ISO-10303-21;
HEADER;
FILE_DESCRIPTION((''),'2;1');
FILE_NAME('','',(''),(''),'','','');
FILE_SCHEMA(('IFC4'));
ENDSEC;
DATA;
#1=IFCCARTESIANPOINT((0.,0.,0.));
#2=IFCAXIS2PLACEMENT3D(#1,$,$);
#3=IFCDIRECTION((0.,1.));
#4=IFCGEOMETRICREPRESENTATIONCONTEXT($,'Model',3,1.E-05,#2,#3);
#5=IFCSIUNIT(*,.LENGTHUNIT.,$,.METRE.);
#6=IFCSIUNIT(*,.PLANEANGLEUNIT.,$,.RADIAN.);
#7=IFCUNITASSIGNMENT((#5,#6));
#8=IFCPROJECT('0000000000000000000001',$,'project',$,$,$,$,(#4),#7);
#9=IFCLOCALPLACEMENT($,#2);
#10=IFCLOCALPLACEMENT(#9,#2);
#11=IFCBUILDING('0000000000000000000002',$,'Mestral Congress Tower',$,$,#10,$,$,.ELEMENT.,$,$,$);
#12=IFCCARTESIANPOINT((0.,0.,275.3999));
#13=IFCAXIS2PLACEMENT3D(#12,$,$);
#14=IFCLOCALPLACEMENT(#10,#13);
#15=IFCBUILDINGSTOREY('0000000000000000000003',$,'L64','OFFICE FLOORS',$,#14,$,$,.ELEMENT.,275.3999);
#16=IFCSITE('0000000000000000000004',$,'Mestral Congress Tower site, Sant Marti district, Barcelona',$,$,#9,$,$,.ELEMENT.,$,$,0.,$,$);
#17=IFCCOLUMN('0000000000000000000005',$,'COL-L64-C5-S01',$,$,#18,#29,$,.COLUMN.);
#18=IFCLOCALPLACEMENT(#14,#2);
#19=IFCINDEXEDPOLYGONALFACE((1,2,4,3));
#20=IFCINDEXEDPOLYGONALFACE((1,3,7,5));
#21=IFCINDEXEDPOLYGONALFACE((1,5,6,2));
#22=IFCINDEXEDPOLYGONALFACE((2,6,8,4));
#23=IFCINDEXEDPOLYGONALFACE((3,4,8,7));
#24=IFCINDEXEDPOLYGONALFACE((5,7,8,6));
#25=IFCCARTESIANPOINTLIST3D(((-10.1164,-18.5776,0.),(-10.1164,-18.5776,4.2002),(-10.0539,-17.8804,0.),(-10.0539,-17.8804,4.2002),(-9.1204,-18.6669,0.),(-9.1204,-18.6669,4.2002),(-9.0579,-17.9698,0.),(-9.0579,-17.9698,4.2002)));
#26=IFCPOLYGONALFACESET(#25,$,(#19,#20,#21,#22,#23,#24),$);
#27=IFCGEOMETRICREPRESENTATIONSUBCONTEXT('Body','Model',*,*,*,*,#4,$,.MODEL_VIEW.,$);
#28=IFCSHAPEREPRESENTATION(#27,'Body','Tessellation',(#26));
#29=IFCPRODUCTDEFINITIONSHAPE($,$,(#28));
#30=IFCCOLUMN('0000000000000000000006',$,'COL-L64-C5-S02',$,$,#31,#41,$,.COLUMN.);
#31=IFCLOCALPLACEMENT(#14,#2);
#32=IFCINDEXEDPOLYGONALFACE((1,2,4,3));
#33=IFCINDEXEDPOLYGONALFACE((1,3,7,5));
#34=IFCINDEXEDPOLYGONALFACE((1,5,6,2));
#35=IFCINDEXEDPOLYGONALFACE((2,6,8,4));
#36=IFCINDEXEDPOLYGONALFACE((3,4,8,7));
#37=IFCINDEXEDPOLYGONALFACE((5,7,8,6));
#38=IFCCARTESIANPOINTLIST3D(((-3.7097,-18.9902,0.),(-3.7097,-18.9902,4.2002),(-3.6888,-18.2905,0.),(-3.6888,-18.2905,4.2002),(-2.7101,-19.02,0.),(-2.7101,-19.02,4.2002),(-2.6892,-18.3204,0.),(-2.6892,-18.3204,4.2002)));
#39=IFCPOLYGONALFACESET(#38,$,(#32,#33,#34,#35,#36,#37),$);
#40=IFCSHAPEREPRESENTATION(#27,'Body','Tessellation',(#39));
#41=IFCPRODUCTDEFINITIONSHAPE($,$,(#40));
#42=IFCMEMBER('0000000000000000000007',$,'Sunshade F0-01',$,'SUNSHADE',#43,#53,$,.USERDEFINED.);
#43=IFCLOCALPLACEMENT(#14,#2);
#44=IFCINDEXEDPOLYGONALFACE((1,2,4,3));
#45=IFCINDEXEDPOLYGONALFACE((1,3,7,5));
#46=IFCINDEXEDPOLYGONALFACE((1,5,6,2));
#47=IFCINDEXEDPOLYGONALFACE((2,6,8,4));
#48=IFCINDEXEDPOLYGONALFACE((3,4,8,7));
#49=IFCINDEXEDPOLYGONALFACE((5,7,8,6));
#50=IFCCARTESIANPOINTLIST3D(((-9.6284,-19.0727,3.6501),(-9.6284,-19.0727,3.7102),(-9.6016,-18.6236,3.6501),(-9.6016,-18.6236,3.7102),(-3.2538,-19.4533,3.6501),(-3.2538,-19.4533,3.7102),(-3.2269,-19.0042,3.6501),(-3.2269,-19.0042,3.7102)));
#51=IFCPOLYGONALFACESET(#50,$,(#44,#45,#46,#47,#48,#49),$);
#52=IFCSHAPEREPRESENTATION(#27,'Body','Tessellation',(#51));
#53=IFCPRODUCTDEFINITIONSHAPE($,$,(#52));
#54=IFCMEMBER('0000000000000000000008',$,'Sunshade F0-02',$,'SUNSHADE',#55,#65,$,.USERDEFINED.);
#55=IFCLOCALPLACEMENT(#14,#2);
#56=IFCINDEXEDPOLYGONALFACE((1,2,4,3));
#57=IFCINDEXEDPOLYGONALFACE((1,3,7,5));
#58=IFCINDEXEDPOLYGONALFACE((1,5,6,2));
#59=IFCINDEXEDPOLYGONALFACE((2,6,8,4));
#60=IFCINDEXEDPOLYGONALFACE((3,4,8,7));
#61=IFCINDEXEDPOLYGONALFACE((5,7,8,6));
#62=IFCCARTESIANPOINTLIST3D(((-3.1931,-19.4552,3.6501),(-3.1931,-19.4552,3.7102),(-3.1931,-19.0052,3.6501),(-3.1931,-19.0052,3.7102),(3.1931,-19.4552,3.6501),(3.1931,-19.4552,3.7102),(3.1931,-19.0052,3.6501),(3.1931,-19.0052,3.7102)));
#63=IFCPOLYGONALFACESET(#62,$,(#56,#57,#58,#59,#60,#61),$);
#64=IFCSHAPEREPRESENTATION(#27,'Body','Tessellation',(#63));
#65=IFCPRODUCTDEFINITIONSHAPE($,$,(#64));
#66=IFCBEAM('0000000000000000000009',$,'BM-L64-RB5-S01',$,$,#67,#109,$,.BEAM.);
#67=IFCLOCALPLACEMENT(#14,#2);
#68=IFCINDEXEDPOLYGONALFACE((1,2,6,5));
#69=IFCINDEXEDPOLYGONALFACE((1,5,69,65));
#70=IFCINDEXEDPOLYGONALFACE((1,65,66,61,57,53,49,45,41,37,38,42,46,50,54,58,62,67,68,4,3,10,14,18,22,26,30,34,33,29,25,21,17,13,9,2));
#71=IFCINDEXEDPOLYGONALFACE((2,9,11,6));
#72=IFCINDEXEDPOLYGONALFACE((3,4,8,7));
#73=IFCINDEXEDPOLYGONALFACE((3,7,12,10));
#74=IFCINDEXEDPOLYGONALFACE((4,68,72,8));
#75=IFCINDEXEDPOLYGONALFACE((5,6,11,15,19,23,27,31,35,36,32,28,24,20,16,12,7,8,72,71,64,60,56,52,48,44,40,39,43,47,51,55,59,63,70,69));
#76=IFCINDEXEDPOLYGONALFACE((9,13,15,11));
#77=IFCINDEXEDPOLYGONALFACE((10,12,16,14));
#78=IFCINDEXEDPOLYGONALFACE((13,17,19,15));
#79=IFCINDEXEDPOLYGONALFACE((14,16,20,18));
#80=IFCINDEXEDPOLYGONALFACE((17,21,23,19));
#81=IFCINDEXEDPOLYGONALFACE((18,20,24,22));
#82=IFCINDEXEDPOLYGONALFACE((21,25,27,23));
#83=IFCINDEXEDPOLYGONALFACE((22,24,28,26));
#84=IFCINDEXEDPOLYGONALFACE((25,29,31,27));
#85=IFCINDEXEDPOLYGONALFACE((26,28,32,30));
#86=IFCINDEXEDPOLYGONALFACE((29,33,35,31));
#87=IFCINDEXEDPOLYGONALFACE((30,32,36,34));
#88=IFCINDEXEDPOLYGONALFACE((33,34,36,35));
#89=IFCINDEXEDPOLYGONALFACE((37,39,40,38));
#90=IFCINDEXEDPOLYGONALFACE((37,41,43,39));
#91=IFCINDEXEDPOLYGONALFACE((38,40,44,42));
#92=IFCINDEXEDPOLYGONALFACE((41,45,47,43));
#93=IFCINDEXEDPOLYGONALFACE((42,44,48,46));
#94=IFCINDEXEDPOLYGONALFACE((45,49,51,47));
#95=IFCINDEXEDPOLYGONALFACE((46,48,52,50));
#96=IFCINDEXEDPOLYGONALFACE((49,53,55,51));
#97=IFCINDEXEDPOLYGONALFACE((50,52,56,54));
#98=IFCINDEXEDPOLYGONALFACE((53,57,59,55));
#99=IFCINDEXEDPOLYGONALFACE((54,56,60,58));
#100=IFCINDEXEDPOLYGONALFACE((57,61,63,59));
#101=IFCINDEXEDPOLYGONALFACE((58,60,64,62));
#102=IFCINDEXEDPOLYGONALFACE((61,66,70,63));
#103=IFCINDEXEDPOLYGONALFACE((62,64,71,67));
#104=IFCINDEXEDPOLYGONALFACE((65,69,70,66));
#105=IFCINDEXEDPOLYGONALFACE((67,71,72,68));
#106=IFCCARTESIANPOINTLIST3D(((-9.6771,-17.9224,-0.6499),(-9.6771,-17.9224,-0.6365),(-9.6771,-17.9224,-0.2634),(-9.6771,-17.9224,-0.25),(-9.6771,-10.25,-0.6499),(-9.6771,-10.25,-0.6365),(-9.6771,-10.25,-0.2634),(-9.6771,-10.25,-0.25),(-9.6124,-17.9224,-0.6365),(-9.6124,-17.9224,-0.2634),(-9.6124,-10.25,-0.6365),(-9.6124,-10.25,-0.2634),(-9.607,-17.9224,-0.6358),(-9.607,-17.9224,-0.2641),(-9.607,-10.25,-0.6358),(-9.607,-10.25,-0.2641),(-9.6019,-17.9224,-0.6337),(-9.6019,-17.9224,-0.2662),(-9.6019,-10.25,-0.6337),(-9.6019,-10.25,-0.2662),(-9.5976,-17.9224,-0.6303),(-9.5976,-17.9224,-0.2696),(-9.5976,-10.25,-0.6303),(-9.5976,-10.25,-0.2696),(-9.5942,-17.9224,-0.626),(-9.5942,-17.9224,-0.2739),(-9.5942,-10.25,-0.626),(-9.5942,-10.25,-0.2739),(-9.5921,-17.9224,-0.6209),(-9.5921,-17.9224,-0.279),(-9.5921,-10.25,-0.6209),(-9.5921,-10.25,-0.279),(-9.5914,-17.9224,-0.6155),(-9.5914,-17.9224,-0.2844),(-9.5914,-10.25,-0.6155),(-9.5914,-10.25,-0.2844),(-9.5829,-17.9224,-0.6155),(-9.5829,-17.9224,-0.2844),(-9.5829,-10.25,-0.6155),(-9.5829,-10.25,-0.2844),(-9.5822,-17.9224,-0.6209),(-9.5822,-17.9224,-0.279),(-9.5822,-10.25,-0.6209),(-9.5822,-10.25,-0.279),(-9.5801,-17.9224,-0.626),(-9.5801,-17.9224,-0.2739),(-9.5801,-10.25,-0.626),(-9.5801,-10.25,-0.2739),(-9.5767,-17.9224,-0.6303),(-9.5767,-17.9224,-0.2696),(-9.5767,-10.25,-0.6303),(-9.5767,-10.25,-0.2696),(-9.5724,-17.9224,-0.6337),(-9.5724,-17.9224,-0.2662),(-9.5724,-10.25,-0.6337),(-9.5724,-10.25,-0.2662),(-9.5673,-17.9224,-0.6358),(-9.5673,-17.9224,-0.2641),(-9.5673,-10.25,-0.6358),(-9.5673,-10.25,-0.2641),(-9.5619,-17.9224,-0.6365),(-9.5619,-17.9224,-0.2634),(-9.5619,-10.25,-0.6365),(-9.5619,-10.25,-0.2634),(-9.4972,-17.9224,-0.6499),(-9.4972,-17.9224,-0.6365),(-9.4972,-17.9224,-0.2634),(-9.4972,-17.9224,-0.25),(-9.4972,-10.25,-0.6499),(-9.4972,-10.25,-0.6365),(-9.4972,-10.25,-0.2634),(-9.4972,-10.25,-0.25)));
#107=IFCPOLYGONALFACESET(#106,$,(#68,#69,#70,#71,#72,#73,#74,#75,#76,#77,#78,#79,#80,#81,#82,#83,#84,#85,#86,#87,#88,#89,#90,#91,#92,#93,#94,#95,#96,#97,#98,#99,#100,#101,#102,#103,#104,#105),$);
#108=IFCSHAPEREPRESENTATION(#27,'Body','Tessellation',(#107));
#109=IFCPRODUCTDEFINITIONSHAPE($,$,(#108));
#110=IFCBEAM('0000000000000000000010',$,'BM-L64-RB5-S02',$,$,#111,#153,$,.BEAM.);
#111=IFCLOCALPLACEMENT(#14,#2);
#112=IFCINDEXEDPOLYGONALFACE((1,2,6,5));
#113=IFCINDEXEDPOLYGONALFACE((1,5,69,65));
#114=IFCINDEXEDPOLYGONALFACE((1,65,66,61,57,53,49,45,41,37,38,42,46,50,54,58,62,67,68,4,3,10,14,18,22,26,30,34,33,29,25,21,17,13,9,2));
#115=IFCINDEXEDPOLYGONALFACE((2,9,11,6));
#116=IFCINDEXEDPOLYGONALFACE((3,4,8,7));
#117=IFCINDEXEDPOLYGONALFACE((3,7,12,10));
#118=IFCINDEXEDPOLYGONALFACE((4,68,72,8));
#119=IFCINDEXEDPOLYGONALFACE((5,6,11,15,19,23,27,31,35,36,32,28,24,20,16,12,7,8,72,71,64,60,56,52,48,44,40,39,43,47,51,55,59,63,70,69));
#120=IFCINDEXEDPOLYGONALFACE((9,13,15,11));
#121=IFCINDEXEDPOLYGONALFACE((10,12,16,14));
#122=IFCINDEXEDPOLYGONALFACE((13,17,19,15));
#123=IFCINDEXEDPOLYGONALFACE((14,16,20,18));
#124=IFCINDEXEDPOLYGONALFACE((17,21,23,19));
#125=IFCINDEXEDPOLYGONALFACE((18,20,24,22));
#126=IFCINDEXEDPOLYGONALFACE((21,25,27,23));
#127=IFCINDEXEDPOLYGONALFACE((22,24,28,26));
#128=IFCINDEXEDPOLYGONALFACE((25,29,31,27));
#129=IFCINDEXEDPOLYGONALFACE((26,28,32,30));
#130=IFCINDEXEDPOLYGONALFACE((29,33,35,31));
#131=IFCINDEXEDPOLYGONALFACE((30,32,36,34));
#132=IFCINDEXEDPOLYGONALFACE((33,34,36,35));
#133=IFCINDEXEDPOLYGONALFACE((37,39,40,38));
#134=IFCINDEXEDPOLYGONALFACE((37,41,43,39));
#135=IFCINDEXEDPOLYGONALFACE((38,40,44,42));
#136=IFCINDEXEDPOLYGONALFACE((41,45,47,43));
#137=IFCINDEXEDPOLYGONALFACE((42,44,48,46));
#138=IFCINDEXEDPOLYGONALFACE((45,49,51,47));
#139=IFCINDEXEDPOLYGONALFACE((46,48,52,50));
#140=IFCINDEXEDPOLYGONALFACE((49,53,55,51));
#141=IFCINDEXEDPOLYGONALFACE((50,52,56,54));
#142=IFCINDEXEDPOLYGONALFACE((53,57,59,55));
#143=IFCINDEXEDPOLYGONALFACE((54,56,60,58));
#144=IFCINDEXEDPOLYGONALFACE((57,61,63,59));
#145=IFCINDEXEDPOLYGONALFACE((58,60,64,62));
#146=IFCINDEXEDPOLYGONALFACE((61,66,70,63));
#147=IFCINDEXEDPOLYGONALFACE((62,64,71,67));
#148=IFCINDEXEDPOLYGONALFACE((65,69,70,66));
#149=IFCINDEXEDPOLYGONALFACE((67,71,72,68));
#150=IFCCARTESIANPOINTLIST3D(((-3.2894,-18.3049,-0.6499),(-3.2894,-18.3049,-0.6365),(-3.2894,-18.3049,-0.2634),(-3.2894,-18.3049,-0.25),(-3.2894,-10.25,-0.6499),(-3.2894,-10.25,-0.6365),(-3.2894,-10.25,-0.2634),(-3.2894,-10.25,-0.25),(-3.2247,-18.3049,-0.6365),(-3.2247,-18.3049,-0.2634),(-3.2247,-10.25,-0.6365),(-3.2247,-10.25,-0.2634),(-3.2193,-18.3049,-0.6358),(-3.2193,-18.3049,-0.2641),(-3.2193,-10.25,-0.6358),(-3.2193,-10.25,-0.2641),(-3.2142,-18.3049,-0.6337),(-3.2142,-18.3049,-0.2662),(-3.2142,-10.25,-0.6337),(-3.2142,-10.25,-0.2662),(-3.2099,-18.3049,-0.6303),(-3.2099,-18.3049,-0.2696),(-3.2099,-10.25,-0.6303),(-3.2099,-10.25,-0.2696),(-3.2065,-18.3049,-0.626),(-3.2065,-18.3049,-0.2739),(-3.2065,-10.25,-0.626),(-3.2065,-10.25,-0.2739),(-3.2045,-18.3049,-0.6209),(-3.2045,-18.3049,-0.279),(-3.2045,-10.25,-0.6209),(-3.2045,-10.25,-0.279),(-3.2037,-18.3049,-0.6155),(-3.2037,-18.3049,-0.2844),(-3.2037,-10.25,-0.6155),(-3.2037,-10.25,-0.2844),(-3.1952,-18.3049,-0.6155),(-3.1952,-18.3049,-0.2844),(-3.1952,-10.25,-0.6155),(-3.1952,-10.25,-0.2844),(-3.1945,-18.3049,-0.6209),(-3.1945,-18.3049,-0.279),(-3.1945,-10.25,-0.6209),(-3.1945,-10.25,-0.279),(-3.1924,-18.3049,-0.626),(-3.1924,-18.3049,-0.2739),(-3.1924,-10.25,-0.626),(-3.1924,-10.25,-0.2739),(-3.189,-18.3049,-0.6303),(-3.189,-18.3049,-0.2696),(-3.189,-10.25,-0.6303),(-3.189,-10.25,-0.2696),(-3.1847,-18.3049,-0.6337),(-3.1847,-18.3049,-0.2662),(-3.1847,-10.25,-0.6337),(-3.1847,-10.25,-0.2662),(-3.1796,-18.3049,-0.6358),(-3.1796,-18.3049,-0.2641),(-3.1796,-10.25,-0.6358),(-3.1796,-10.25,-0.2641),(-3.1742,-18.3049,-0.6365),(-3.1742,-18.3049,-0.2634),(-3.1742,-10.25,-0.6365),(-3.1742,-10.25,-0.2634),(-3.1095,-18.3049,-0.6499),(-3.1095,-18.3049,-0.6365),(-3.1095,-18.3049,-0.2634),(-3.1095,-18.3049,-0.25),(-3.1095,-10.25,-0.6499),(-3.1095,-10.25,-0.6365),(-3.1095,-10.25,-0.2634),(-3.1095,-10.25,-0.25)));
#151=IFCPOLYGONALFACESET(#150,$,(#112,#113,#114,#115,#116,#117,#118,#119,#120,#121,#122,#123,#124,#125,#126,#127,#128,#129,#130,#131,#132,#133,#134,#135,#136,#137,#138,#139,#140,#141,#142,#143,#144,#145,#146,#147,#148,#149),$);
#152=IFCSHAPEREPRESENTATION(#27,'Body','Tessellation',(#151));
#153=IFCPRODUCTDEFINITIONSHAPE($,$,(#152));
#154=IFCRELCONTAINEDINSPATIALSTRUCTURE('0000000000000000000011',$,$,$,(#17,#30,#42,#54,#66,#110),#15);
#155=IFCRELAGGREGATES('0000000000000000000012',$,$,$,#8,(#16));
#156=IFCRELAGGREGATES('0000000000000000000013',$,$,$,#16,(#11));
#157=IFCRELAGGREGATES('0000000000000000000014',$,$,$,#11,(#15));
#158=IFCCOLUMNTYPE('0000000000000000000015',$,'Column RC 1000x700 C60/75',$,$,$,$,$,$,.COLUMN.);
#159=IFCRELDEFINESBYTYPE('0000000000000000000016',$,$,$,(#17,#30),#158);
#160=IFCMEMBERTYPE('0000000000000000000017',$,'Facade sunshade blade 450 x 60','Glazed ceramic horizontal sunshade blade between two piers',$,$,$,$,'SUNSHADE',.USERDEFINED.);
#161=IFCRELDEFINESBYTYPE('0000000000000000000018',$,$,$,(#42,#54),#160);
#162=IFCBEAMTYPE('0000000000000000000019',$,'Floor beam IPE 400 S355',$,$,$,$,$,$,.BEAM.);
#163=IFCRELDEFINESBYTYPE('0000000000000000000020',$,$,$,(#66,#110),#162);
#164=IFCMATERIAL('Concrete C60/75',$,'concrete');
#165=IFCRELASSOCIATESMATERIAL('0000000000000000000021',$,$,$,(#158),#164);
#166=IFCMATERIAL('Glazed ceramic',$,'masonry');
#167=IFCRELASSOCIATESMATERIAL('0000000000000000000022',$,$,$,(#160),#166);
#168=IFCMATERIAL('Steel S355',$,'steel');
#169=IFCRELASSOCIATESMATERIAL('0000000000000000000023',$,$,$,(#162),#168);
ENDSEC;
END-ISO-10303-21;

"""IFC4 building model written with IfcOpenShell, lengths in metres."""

from ifc_helpers import new_model, si_unit, direction, frame, origin, origin_2d, place, context, subcontext, project, spatial, rectangle, i_section, extrude, material, material_profile, profile_set, type_object, element, save


model = new_model("IFC4")

# Units and contexts
model_context = context("Model", 3, precision=1e-05, world=origin(), true_north=direction((0.0, 1.0)))
body_context = subcontext(model_context, "Body", "Model", "MODEL_VIEW")
ifc_project = project(units=[si_unit("LENGTHUNIT", "METRE"), si_unit("PLANEANGLEUNIT", "RADIAN")], contexts=[model_context])

# Site, building, storey
site_placement = place(None, origin())
site = spatial("IfcSite", under=ifc_project, at=site_placement, Name="Mestral Congress Tower site, Sant Marti district, Barcelona", CompositionType="ELEMENT", RefElevation=0.0)
building_placement = place(site_placement, origin())
building = spatial("IfcBuilding", under=site, at=building_placement, Name="Mestral Congress Tower", CompositionType="ELEMENT")
storey_placement = place(building_placement, frame((0.0, 0.0, 275.3999)))
storey = spatial("IfcBuildingStorey", under=building, at=storey_placement, Name="L64", Description="OFFICE FLOORS", CompositionType="ELEMENT", Elevation=275.3999)

# Columns
ifc_material_1 = material(Name="Concrete C60/75", Category="concrete")
ifc_material_profile_1 = material_profile(ifc_material_1, rectangle(XDim=1.0, YDim=0.7, at=origin_2d()), Name="RC 1000x700")
ifc_profile_set_1 = profile_set([ifc_material_profile_1], Name="Concrete C60/75")
column_type = type_object("IfcColumnType", Name="Column RC 1000x700 C60/75", PredefinedType="COLUMN", material=ifc_profile_set_1)
for number, where, z_axis, x_axis, name in (
    (1, (-9.5872, -18.2737, 0.0), (0.0, 0.0, 1.0), (0.995998, -0.089378, 0.0), "COL-L64-C5-S01"),
    (2, (-3.1995, -18.6553, 0.0), (0.0, 0.0, 1.0), (0.999555, -0.029828, 0.0), "COL-L64-C5-S02"),
):
    element("IfcColumn", number, at=place(storey_placement, frame(where, z_axis=z_axis, x_axis=x_axis)), inside=storey, type_object=column_type, Name=name, PredefinedType="COLUMN", context=body_context, shape_type="SweptSolid", body=[
        extrude(rectangle(XDim=1.0, YDim=0.7, at=origin_2d()), origin(), (0.0, 0.0, 1.0), 4.2002),
    ])

# Members
ifc_material_2 = material(Name="Glazed ceramic", Category="masonry")
ifc_material_profile_2 = material_profile(ifc_material_2, rectangle(XDim=0.45, YDim=0.0601, at=origin_2d()), Name="Ceramic blade 450 x 60")
ifc_profile_set_2 = profile_set([ifc_material_profile_2], Name="Glazed ceramic")
member_type = type_object("IfcMemberType", Name="Facade sunshade blade 450 x 60", Description="Glazed ceramic horizontal sunshade blade between two piers", ElementType="SUNSHADE", PredefinedType="USERDEFINED", material=ifc_profile_set_2)
member_1_placement = place(storey_placement, frame((-9.615, -18.8481, 3.6802), z_axis=(0.998222, -0.059603, 0.0), x_axis=(0.059603, 0.998222, 0.0)))
element("IfcMember", 3, at=member_1_placement, inside=storey, type_object=member_type, Name="Sunshade F0-01", ObjectType="SUNSHADE", PredefinedType="USERDEFINED", context=body_context, shape_type="SweptSolid", body=[
    extrude(rectangle(XDim=0.45, YDim=0.0601, at=origin_2d()), origin(), (0.0, 0.0, 1.0), 6.386),
])
member_2_placement = place(storey_placement, frame((-3.1931, -19.2302, 3.6802), z_axis=(1.0, 0.0, 0.0), x_axis=(0.0, 1.0, 0.0)))
element("IfcMember", 4, at=member_2_placement, inside=storey, type_object=member_type, Name="Sunshade F0-02", ObjectType="SUNSHADE", PredefinedType="USERDEFINED", context=body_context, shape_type="SweptSolid", body=[
    extrude(rectangle(XDim=0.45, YDim=0.0601, at=origin_2d()), origin(), (0.0, 0.0, 1.0), 6.3862),
])

# Beams
ifc_material_3 = material(Name="Steel S355", Category="steel")
ifc_material_profile_3 = material_profile(ifc_material_3, i_section(OverallWidth=0.1799, OverallDepth=0.3999, WebThickness=0.0085, FlangeThickness=0.0134, FilletRadius=0.021, at=origin_2d()), Name="IPE 400")
ifc_profile_set_3 = profile_set([ifc_material_profile_3], Name="Steel S355")
beam_type_1 = type_object("IfcBeamType", Name="Floor beam IPE 400 S355", PredefinedType="BEAM", material=ifc_profile_set_3)
beam_1_placement = place(storey_placement, frame((-9.5872, -17.9224, -0.45), z_axis=(0.0, 1.0, 0.0), x_axis=(-1.0, 0.0, 0.0)))
element("IfcBeam", 5, at=beam_1_placement, inside=storey, type_object=beam_type_1, Name="BM-L64-RB5-S01", PredefinedType="BEAM", context=body_context, shape_type="SweptSolid", body=[
    extrude(i_section(OverallWidth=0.1799, OverallDepth=0.3999, WebThickness=0.0085, FlangeThickness=0.0134, FilletRadius=0.021, at=origin_2d()), origin(), (0.0, 0.0, 1.0), 7.6724),
])
beam_2_placement = place(storey_placement, frame((-3.1995, -18.3049, -0.45), z_axis=(0.0, 1.0, 0.0), x_axis=(-1.0, 0.0, 0.0)))
element("IfcBeam", 6, at=beam_2_placement, inside=storey, type_object=beam_type_1, Name="BM-L64-RB5-S02", PredefinedType="BEAM", context=body_context, shape_type="SweptSolid", body=[
    extrude(i_section(OverallWidth=0.1799, OverallDepth=0.3999, WebThickness=0.0085, FlangeThickness=0.0134, FilletRadius=0.021, at=origin_2d()), origin(), (0.0, 0.0, 1.0), 8.0549),
])

save(model, "model.ifc")
